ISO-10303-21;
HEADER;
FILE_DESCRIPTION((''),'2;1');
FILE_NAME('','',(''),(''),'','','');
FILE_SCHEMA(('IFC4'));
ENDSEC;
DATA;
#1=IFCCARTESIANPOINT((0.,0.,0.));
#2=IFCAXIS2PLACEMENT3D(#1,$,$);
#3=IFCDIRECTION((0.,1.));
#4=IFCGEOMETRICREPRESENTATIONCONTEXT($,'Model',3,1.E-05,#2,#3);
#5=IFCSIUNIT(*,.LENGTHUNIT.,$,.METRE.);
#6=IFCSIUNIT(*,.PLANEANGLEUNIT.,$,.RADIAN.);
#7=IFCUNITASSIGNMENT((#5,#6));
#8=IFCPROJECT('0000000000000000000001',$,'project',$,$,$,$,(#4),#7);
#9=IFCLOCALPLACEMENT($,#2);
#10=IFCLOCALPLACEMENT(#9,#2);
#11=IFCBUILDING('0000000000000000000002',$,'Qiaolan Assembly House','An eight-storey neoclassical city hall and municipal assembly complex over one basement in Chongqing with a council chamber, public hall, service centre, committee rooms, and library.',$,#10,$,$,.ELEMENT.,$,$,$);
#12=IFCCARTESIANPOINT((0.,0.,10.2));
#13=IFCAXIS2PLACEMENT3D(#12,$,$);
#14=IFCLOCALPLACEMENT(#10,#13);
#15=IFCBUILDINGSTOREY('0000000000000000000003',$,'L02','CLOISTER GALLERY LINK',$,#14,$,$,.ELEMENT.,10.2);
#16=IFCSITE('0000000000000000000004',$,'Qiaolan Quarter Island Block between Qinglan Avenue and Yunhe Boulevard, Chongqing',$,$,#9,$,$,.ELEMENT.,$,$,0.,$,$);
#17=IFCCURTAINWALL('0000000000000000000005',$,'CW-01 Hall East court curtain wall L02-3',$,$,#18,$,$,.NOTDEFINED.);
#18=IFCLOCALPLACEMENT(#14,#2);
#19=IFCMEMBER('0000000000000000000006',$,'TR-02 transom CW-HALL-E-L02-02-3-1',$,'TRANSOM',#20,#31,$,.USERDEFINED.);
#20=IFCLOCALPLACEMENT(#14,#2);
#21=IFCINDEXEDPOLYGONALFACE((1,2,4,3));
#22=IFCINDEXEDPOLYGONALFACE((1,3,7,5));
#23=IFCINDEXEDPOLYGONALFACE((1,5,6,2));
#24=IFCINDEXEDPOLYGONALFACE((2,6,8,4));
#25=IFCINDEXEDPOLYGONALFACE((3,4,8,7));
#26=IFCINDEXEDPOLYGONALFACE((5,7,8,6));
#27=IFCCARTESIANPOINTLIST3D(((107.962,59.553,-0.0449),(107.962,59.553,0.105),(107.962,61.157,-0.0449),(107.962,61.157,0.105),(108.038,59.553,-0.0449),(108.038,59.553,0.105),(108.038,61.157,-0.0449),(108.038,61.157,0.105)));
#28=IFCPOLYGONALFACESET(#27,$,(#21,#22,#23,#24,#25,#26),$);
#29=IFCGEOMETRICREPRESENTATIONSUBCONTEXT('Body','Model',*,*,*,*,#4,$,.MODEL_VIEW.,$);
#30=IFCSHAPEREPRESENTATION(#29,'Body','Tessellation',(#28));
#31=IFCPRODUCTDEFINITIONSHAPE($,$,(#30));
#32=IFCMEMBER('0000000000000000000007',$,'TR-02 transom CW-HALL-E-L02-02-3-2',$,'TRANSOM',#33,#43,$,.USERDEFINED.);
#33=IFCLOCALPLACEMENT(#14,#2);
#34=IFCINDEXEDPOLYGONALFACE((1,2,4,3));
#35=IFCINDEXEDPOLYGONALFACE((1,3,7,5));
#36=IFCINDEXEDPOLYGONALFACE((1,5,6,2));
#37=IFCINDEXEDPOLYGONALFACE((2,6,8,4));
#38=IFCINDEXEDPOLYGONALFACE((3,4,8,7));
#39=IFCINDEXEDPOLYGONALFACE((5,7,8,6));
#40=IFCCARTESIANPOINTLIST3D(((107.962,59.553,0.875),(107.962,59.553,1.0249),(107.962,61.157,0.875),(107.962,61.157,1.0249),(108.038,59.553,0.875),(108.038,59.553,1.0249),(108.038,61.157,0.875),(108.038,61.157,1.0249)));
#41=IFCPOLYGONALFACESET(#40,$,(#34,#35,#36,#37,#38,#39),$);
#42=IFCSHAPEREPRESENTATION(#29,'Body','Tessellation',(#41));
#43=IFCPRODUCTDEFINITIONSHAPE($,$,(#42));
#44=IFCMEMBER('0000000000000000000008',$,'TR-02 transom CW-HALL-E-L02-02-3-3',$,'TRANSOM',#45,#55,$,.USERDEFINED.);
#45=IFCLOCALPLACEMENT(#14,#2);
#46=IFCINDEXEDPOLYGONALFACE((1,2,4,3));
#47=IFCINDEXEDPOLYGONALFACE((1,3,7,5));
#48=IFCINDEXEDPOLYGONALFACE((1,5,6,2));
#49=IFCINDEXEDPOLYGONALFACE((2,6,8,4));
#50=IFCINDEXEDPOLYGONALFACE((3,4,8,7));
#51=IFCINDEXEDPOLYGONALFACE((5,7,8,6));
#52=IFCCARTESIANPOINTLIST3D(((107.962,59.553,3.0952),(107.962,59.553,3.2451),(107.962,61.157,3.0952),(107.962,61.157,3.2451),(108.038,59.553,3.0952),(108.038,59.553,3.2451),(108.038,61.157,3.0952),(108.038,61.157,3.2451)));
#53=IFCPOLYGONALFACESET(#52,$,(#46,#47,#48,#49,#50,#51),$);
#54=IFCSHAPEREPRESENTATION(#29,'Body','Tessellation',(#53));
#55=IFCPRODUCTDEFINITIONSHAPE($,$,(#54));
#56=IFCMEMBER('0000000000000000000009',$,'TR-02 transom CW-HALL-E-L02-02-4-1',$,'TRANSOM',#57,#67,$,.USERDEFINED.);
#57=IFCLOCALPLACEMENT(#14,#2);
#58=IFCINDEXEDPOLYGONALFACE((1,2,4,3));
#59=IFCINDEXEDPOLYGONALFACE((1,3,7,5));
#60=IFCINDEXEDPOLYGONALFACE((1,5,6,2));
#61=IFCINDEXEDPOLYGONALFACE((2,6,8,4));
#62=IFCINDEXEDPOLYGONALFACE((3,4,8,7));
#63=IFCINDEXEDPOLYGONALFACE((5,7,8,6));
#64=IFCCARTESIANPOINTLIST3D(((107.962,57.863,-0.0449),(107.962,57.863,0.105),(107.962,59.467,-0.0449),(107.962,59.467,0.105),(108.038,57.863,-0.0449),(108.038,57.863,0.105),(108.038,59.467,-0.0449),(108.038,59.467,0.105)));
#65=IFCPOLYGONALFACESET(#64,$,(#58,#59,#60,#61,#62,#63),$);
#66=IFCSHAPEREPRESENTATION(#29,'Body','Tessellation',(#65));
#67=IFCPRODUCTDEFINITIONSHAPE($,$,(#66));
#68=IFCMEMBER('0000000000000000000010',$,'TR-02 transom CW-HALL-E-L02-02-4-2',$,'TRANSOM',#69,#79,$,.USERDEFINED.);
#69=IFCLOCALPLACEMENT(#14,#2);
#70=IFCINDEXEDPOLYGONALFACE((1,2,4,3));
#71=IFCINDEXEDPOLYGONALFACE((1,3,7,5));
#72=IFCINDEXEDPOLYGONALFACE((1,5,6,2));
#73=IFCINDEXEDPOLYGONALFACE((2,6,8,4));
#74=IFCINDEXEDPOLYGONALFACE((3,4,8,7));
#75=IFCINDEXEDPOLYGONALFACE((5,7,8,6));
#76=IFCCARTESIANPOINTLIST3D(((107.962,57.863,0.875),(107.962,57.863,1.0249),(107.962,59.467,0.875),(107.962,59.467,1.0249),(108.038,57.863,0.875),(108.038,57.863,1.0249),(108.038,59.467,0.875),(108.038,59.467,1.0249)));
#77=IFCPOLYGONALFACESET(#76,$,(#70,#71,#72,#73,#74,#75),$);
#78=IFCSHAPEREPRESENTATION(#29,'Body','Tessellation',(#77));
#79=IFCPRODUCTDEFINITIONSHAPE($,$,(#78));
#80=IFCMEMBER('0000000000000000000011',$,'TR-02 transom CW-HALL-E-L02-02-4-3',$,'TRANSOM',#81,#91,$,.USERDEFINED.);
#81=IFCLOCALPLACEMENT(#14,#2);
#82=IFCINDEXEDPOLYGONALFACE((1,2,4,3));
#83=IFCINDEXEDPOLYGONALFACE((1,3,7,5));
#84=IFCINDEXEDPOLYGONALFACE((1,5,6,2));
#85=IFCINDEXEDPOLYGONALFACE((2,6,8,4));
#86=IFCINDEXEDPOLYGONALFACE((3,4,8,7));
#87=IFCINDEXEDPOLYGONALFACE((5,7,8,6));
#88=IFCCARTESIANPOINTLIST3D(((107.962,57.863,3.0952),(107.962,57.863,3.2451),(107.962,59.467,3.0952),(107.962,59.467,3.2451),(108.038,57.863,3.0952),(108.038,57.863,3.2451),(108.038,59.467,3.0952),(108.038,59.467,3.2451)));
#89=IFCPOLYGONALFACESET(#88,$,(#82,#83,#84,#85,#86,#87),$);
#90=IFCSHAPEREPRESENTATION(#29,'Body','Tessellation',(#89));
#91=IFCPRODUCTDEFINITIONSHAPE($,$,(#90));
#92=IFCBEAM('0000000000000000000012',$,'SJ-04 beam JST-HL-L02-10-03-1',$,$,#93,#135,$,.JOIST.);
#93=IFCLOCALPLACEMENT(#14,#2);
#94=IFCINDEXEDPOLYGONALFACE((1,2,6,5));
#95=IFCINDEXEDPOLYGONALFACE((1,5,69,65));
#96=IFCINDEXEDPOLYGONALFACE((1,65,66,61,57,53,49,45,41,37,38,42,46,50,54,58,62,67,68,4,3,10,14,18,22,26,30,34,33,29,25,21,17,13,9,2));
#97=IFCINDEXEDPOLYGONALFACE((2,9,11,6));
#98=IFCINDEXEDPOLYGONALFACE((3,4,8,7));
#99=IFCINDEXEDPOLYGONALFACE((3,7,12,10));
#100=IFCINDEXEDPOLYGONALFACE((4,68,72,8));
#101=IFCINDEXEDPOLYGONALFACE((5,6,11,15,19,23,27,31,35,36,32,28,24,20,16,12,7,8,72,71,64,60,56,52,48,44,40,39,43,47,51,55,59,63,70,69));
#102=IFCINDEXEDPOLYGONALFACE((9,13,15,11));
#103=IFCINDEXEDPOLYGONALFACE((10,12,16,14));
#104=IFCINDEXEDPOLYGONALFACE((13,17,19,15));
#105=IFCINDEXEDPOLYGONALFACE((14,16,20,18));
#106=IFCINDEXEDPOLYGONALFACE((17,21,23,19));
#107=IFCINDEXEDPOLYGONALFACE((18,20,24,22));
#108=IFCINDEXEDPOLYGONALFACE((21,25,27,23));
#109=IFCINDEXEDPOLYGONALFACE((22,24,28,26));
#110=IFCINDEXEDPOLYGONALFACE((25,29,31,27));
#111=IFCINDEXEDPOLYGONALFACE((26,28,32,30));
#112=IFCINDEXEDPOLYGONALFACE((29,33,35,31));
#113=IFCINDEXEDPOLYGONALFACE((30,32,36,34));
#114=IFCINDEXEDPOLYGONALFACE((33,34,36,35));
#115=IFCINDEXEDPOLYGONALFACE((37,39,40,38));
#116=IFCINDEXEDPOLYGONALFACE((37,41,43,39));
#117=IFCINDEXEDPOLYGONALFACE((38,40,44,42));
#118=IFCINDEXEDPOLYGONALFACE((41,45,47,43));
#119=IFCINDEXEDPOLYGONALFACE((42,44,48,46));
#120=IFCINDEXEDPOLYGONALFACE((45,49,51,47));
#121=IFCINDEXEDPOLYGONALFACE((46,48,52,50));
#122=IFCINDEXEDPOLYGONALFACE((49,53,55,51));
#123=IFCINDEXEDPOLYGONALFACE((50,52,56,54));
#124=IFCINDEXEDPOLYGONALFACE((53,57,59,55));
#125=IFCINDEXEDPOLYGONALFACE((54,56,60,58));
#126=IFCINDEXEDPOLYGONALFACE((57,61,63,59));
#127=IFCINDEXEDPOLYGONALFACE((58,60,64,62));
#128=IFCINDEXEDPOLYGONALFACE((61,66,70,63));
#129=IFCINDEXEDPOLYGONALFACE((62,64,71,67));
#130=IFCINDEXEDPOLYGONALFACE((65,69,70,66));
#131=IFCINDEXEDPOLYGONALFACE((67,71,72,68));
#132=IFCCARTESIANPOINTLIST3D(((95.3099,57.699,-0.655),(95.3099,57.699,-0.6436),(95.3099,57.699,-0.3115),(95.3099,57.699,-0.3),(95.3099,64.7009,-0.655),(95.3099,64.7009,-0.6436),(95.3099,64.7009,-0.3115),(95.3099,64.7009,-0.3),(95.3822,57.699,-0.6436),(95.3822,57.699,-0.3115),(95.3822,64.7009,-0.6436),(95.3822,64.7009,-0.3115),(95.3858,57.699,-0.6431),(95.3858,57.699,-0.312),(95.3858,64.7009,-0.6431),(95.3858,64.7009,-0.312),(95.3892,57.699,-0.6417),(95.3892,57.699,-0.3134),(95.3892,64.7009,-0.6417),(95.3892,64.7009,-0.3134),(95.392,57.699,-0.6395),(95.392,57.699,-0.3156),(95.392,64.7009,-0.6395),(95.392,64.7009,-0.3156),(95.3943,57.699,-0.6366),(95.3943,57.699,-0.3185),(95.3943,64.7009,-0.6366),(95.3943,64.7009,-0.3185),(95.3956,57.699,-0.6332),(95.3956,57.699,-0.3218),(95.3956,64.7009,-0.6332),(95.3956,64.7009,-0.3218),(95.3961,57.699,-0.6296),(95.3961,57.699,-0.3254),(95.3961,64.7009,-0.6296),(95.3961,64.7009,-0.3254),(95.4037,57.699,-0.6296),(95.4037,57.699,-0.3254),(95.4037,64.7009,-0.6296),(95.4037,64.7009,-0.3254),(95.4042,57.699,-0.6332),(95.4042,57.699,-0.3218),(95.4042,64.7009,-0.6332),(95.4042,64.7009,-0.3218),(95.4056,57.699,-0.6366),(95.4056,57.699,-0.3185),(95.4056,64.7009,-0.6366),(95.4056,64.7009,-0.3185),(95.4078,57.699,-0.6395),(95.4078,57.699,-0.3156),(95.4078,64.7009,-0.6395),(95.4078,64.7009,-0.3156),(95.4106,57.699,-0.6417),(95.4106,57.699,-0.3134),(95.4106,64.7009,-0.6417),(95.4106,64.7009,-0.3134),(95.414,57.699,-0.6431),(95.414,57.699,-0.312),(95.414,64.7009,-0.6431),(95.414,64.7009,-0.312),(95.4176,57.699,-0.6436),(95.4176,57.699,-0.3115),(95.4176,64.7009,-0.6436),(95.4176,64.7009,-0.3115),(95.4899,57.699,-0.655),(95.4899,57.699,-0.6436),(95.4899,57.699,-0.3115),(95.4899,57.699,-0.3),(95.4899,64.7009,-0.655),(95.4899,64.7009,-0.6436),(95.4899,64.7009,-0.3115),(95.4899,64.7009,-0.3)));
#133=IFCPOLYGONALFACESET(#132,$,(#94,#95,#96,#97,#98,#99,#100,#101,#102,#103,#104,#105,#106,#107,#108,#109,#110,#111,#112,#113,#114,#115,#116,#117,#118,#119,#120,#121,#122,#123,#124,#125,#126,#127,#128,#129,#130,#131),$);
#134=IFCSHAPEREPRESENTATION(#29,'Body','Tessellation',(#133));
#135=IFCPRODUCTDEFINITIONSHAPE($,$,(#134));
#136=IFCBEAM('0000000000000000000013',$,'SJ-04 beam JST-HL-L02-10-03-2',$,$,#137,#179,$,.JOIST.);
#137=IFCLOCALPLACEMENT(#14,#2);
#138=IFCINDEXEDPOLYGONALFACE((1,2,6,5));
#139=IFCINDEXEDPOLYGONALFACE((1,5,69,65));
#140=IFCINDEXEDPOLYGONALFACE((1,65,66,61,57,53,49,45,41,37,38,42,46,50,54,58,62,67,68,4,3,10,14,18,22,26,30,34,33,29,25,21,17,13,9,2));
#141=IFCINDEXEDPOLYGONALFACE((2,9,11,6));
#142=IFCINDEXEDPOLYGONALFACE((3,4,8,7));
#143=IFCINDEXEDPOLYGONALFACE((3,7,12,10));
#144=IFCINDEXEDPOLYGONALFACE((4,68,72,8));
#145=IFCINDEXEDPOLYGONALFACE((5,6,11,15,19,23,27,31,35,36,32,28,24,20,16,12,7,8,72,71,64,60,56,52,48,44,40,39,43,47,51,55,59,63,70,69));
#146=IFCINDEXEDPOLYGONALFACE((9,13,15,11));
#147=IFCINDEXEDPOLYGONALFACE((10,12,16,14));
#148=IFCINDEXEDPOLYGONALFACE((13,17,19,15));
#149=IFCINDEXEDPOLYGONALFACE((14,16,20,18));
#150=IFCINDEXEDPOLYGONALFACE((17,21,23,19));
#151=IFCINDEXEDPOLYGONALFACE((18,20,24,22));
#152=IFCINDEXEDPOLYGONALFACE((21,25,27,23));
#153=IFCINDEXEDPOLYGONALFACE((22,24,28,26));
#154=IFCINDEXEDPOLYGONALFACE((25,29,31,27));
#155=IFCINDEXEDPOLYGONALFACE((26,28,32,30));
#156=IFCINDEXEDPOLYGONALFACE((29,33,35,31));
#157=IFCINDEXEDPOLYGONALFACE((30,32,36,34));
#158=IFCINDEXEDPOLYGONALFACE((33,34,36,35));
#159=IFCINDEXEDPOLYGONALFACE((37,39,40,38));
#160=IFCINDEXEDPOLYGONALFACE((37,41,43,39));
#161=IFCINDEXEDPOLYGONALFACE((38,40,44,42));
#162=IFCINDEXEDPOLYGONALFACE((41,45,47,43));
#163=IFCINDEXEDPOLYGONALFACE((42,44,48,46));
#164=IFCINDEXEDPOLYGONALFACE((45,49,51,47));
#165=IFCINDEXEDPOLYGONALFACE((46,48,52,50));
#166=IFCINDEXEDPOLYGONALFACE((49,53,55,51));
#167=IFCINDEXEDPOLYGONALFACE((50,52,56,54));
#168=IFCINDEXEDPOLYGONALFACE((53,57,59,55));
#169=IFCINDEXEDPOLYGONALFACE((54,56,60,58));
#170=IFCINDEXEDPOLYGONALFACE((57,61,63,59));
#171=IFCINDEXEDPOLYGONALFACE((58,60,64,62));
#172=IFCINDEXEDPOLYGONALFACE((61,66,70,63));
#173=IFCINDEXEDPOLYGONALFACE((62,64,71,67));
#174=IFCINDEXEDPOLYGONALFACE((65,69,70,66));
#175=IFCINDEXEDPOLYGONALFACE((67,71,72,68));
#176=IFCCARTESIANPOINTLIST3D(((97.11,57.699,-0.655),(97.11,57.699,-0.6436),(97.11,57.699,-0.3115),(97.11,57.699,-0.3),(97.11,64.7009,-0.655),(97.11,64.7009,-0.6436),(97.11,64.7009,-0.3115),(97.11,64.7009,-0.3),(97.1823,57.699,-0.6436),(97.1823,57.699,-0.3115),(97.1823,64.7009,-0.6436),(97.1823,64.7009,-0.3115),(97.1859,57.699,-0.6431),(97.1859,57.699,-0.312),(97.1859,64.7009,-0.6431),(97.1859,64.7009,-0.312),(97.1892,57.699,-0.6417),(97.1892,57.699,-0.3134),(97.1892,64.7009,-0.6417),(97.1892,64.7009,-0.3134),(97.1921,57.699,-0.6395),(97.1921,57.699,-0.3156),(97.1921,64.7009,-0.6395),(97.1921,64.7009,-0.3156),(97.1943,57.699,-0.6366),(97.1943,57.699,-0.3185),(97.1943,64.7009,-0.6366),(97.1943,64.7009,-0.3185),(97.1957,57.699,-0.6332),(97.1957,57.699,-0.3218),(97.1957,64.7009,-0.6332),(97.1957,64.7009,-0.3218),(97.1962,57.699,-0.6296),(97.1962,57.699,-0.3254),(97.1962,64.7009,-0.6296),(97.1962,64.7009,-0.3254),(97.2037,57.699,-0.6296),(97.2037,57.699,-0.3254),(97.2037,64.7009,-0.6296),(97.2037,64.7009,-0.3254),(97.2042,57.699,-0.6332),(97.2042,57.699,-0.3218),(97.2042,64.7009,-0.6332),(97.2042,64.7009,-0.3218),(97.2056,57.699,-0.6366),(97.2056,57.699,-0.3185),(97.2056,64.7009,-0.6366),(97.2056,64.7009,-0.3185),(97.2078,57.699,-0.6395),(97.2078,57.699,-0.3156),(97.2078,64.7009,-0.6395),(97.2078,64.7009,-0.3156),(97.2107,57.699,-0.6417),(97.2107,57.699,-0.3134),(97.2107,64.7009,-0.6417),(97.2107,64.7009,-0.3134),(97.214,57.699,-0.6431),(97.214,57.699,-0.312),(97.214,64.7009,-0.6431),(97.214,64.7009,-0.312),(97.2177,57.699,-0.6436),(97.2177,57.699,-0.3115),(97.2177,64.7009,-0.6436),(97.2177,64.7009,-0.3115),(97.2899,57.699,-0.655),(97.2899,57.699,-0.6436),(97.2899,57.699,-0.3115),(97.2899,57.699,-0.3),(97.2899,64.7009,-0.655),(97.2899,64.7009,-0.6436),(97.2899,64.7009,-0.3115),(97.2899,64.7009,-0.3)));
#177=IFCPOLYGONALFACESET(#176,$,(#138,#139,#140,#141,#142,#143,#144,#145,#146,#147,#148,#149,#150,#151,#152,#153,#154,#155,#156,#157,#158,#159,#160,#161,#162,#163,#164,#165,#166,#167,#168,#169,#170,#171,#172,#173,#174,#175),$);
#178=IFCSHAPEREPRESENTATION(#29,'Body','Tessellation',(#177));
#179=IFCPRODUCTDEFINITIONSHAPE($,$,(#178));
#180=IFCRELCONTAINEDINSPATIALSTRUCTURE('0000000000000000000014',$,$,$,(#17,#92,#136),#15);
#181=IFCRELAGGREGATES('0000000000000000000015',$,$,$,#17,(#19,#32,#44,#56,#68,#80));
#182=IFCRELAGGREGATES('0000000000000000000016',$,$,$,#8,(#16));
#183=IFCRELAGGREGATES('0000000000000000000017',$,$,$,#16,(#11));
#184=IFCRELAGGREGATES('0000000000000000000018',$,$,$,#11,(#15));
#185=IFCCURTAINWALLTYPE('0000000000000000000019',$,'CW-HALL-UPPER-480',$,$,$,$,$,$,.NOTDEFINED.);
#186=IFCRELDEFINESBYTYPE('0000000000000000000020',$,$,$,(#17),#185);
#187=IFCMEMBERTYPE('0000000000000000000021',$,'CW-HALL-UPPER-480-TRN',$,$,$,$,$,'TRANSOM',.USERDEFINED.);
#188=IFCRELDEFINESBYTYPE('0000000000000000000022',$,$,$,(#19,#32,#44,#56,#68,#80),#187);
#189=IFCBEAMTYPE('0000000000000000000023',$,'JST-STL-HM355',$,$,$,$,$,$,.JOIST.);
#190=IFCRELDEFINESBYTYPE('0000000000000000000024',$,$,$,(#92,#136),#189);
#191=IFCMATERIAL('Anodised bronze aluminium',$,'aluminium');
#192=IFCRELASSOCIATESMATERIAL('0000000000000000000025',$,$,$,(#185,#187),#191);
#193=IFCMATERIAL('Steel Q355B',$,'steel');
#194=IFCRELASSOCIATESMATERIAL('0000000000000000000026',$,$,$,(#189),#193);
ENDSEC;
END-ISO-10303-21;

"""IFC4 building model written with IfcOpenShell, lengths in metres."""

from ifc_helpers import new_model, si_unit, direction, frame, origin, origin_2d, place, context, subcontext, project, spatial, rectangle, i_section, extrude, material, material_profile, profile_set, type_object, element, aggregate, save


model = new_model("IFC4")

# Units and contexts
model_context = context("Model", 3, precision=1e-05, world=origin(), true_north=direction((0.0, 1.0)))
body_context = subcontext(model_context, "Body", "Model", "MODEL_VIEW")
ifc_project = project(units=[si_unit("LENGTHUNIT", "METRE"), si_unit("PLANEANGLEUNIT", "RADIAN")], contexts=[model_context])

# Site, building, storey
site_placement = place(None, origin())
site = spatial("IfcSite", under=ifc_project, at=site_placement, Name="Qiaolan Quarter Island Block between Qinglan Avenue and Yunhe Boulevard, Chongqing", CompositionType="ELEMENT", RefElevation=0.0)
building_placement = place(site_placement, origin())
building = spatial("IfcBuilding", under=site, at=building_placement, Name="Qiaolan Assembly House", Description="An eight-storey neoclassical city hall and municipal assembly complex over one basement in Chongqing with a council chamber, public hall, service centre, committee rooms, and library.", CompositionType="ELEMENT")
storey_placement = place(building_placement, frame((0.0, 0.0, 10.2)))
storey = spatial("IfcBuildingStorey", under=building, at=storey_placement, Name="L02", Description="CLOISTER GALLERY LINK", CompositionType="ELEMENT", Elevation=10.2)

# Shared definitions
ifc_material_1 = material(Name="Steel Q355B", Category="steel")

# Curtain wall, members
ifc_material_2 = material(Name="Anodised bronze aluminium", Category="aluminium")
curtain_wall_type = type_object("IfcCurtainWallType", Name="CW-HALL-UPPER-480", PredefinedType="NOTDEFINED", material=ifc_material_2)
curtain_wall_placement = place(storey_placement, origin())
curtain_wall = element("IfcCurtainWall", 1, at=curtain_wall_placement, inside=storey, type_object=curtain_wall_type, Name="CW-01 Hall East court curtain wall L02-3", PredefinedType="NOTDEFINED")
ifc_material_profile_1 = material_profile(ifc_material_2, rectangle(XDim=0.0759, YDim=0.1499, at=origin_2d()), Name="TRN 76x150")
ifc_profile_set_1 = profile_set([ifc_material_profile_1], Name="Anodised bronze aluminium")
member_type_1 = type_object("IfcMemberType", Name="CW-HALL-UPPER-480-TRN", ElementType="TRANSOM", PredefinedType="USERDEFINED", material=ifc_profile_set_1)
member_1_placement = place(storey_placement, frame((108.0, 61.157, 0.03), z_axis=(0.0, -1.0, 0.0), x_axis=(1.0, 0.0, 0.0)))
member_1 = element("IfcMember", 2, at=member_1_placement, type_object=member_type_1, Name="TR-02 transom CW-HALL-E-L02-02-3-1", ObjectType="TRANSOM", PredefinedType="USERDEFINED", context=body_context, shape_type="SweptSolid", body=[
    extrude(rectangle(XDim=0.0759, YDim=0.1499, at=origin_2d()), origin(), (0.0, 0.0, 1.0), 1.604),
])
member_2_placement = place(storey_placement, frame((108.0, 61.157, 0.95), z_axis=(0.0, -1.0, 0.0), x_axis=(1.0, 0.0, 0.0)))
member_2 = element("IfcMember", 3, at=member_2_placement, type_object=member_type_1, Name="TR-02 transom CW-HALL-E-L02-02-3-2", ObjectType="TRANSOM", PredefinedType="USERDEFINED", context=body_context, shape_type="SweptSolid", body=[
    extrude(rectangle(XDim=0.0759, YDim=0.1499, at=origin_2d()), origin(), (0.0, 0.0, 1.0), 1.604),
])
member_3_placement = place(storey_placement, frame((108.0, 61.157, 3.1702), z_axis=(0.0, -1.0, 0.0), x_axis=(1.0, 0.0, 0.0)))
member_3 = element("IfcMember", 4, at=member_3_placement, type_object=member_type_1, Name="TR-02 transom CW-HALL-E-L02-02-3-3", ObjectType="TRANSOM", PredefinedType="USERDEFINED", context=body_context, shape_type="SweptSolid", body=[
    extrude(rectangle(XDim=0.0759, YDim=0.1499, at=origin_2d()), origin(), (0.0, 0.0, 1.0), 1.604),
])
member_4_placement = place(storey_placement, frame((108.0, 59.467, 0.03), z_axis=(0.0, -1.0, 0.0), x_axis=(1.0, 0.0, 0.0)))
member_4 = element("IfcMember", 5, at=member_4_placement, type_object=member_type_1, Name="TR-02 transom CW-HALL-E-L02-02-4-1", ObjectType="TRANSOM", PredefinedType="USERDEFINED", context=body_context, shape_type="SweptSolid", body=[
    extrude(rectangle(XDim=0.0759, YDim=0.1499, at=origin_2d()), origin(), (0.0, 0.0, 1.0), 1.604),
])
member_5_placement = place(storey_placement, frame((108.0, 59.467, 0.95), z_axis=(0.0, -1.0, 0.0), x_axis=(1.0, 0.0, 0.0)))
member_5 = element("IfcMember", 6, at=member_5_placement, type_object=member_type_1, Name="TR-02 transom CW-HALL-E-L02-02-4-2", ObjectType="TRANSOM", PredefinedType="USERDEFINED", context=body_context, shape_type="SweptSolid", body=[
    extrude(rectangle(XDim=0.0759, YDim=0.1499, at=origin_2d()), origin(), (0.0, 0.0, 1.0), 1.604),
])
member_6_placement = place(storey_placement, frame((108.0, 59.467, 3.1702), z_axis=(0.0, -1.0, 0.0), x_axis=(1.0, 0.0, 0.0)))
member_6 = element("IfcMember", 7, at=member_6_placement, type_object=member_type_1, Name="TR-02 transom CW-HALL-E-L02-02-4-3", ObjectType="TRANSOM", PredefinedType="USERDEFINED", context=body_context, shape_type="SweptSolid", body=[
    extrude(rectangle(XDim=0.0759, YDim=0.1499, at=origin_2d()), origin(), (0.0, 0.0, 1.0), 1.604),
])

# Beams
ifc_material_profile_2 = material_profile(ifc_material_1, i_section(OverallWidth=0.1799, OverallDepth=0.355, WebThickness=0.0076, FlangeThickness=0.0115, FilletRadius=0.0139, at=origin_2d()), Name="HM 355x180x7.5x11.5")
ifc_profile_set_2 = profile_set([ifc_material_profile_2], Name="Steel Q355B")
beam_type_1 = type_object("IfcBeamType", Name="JST-STL-HM355", PredefinedType="JOIST", material=ifc_profile_set_2)
for number, where, z_axis, x_axis, name in (
    (8, (95.3999, 57.699, -0.4775), (0.0, 1.0, 0.0), (-1.0, 0.0, 0.0), "SJ-04 beam JST-HL-L02-10-03-1"),
    (9, (97.2, 57.699, -0.4775), (0.0, 1.0, 0.0), (-1.0, 0.0, 0.0), "SJ-04 beam JST-HL-L02-10-03-2"),
):
    element("IfcBeam", number, at=place(storey_placement, frame(where, z_axis=z_axis, x_axis=x_axis)), inside=storey, type_object=beam_type_1, Name=name, PredefinedType="JOIST", context=body_context, shape_type="SweptSolid", body=[
        extrude(i_section(OverallWidth=0.1799, OverallDepth=0.355, WebThickness=0.0076, FlangeThickness=0.0115, FilletRadius=0.0139, at=origin_2d()), origin(), (0.0, 0.0, 1.0), 7.002),
    ])

aggregate(curtain_wall, [member_1, member_2, member_3, member_4, member_5, member_6])

save(model, "model.ifc")
